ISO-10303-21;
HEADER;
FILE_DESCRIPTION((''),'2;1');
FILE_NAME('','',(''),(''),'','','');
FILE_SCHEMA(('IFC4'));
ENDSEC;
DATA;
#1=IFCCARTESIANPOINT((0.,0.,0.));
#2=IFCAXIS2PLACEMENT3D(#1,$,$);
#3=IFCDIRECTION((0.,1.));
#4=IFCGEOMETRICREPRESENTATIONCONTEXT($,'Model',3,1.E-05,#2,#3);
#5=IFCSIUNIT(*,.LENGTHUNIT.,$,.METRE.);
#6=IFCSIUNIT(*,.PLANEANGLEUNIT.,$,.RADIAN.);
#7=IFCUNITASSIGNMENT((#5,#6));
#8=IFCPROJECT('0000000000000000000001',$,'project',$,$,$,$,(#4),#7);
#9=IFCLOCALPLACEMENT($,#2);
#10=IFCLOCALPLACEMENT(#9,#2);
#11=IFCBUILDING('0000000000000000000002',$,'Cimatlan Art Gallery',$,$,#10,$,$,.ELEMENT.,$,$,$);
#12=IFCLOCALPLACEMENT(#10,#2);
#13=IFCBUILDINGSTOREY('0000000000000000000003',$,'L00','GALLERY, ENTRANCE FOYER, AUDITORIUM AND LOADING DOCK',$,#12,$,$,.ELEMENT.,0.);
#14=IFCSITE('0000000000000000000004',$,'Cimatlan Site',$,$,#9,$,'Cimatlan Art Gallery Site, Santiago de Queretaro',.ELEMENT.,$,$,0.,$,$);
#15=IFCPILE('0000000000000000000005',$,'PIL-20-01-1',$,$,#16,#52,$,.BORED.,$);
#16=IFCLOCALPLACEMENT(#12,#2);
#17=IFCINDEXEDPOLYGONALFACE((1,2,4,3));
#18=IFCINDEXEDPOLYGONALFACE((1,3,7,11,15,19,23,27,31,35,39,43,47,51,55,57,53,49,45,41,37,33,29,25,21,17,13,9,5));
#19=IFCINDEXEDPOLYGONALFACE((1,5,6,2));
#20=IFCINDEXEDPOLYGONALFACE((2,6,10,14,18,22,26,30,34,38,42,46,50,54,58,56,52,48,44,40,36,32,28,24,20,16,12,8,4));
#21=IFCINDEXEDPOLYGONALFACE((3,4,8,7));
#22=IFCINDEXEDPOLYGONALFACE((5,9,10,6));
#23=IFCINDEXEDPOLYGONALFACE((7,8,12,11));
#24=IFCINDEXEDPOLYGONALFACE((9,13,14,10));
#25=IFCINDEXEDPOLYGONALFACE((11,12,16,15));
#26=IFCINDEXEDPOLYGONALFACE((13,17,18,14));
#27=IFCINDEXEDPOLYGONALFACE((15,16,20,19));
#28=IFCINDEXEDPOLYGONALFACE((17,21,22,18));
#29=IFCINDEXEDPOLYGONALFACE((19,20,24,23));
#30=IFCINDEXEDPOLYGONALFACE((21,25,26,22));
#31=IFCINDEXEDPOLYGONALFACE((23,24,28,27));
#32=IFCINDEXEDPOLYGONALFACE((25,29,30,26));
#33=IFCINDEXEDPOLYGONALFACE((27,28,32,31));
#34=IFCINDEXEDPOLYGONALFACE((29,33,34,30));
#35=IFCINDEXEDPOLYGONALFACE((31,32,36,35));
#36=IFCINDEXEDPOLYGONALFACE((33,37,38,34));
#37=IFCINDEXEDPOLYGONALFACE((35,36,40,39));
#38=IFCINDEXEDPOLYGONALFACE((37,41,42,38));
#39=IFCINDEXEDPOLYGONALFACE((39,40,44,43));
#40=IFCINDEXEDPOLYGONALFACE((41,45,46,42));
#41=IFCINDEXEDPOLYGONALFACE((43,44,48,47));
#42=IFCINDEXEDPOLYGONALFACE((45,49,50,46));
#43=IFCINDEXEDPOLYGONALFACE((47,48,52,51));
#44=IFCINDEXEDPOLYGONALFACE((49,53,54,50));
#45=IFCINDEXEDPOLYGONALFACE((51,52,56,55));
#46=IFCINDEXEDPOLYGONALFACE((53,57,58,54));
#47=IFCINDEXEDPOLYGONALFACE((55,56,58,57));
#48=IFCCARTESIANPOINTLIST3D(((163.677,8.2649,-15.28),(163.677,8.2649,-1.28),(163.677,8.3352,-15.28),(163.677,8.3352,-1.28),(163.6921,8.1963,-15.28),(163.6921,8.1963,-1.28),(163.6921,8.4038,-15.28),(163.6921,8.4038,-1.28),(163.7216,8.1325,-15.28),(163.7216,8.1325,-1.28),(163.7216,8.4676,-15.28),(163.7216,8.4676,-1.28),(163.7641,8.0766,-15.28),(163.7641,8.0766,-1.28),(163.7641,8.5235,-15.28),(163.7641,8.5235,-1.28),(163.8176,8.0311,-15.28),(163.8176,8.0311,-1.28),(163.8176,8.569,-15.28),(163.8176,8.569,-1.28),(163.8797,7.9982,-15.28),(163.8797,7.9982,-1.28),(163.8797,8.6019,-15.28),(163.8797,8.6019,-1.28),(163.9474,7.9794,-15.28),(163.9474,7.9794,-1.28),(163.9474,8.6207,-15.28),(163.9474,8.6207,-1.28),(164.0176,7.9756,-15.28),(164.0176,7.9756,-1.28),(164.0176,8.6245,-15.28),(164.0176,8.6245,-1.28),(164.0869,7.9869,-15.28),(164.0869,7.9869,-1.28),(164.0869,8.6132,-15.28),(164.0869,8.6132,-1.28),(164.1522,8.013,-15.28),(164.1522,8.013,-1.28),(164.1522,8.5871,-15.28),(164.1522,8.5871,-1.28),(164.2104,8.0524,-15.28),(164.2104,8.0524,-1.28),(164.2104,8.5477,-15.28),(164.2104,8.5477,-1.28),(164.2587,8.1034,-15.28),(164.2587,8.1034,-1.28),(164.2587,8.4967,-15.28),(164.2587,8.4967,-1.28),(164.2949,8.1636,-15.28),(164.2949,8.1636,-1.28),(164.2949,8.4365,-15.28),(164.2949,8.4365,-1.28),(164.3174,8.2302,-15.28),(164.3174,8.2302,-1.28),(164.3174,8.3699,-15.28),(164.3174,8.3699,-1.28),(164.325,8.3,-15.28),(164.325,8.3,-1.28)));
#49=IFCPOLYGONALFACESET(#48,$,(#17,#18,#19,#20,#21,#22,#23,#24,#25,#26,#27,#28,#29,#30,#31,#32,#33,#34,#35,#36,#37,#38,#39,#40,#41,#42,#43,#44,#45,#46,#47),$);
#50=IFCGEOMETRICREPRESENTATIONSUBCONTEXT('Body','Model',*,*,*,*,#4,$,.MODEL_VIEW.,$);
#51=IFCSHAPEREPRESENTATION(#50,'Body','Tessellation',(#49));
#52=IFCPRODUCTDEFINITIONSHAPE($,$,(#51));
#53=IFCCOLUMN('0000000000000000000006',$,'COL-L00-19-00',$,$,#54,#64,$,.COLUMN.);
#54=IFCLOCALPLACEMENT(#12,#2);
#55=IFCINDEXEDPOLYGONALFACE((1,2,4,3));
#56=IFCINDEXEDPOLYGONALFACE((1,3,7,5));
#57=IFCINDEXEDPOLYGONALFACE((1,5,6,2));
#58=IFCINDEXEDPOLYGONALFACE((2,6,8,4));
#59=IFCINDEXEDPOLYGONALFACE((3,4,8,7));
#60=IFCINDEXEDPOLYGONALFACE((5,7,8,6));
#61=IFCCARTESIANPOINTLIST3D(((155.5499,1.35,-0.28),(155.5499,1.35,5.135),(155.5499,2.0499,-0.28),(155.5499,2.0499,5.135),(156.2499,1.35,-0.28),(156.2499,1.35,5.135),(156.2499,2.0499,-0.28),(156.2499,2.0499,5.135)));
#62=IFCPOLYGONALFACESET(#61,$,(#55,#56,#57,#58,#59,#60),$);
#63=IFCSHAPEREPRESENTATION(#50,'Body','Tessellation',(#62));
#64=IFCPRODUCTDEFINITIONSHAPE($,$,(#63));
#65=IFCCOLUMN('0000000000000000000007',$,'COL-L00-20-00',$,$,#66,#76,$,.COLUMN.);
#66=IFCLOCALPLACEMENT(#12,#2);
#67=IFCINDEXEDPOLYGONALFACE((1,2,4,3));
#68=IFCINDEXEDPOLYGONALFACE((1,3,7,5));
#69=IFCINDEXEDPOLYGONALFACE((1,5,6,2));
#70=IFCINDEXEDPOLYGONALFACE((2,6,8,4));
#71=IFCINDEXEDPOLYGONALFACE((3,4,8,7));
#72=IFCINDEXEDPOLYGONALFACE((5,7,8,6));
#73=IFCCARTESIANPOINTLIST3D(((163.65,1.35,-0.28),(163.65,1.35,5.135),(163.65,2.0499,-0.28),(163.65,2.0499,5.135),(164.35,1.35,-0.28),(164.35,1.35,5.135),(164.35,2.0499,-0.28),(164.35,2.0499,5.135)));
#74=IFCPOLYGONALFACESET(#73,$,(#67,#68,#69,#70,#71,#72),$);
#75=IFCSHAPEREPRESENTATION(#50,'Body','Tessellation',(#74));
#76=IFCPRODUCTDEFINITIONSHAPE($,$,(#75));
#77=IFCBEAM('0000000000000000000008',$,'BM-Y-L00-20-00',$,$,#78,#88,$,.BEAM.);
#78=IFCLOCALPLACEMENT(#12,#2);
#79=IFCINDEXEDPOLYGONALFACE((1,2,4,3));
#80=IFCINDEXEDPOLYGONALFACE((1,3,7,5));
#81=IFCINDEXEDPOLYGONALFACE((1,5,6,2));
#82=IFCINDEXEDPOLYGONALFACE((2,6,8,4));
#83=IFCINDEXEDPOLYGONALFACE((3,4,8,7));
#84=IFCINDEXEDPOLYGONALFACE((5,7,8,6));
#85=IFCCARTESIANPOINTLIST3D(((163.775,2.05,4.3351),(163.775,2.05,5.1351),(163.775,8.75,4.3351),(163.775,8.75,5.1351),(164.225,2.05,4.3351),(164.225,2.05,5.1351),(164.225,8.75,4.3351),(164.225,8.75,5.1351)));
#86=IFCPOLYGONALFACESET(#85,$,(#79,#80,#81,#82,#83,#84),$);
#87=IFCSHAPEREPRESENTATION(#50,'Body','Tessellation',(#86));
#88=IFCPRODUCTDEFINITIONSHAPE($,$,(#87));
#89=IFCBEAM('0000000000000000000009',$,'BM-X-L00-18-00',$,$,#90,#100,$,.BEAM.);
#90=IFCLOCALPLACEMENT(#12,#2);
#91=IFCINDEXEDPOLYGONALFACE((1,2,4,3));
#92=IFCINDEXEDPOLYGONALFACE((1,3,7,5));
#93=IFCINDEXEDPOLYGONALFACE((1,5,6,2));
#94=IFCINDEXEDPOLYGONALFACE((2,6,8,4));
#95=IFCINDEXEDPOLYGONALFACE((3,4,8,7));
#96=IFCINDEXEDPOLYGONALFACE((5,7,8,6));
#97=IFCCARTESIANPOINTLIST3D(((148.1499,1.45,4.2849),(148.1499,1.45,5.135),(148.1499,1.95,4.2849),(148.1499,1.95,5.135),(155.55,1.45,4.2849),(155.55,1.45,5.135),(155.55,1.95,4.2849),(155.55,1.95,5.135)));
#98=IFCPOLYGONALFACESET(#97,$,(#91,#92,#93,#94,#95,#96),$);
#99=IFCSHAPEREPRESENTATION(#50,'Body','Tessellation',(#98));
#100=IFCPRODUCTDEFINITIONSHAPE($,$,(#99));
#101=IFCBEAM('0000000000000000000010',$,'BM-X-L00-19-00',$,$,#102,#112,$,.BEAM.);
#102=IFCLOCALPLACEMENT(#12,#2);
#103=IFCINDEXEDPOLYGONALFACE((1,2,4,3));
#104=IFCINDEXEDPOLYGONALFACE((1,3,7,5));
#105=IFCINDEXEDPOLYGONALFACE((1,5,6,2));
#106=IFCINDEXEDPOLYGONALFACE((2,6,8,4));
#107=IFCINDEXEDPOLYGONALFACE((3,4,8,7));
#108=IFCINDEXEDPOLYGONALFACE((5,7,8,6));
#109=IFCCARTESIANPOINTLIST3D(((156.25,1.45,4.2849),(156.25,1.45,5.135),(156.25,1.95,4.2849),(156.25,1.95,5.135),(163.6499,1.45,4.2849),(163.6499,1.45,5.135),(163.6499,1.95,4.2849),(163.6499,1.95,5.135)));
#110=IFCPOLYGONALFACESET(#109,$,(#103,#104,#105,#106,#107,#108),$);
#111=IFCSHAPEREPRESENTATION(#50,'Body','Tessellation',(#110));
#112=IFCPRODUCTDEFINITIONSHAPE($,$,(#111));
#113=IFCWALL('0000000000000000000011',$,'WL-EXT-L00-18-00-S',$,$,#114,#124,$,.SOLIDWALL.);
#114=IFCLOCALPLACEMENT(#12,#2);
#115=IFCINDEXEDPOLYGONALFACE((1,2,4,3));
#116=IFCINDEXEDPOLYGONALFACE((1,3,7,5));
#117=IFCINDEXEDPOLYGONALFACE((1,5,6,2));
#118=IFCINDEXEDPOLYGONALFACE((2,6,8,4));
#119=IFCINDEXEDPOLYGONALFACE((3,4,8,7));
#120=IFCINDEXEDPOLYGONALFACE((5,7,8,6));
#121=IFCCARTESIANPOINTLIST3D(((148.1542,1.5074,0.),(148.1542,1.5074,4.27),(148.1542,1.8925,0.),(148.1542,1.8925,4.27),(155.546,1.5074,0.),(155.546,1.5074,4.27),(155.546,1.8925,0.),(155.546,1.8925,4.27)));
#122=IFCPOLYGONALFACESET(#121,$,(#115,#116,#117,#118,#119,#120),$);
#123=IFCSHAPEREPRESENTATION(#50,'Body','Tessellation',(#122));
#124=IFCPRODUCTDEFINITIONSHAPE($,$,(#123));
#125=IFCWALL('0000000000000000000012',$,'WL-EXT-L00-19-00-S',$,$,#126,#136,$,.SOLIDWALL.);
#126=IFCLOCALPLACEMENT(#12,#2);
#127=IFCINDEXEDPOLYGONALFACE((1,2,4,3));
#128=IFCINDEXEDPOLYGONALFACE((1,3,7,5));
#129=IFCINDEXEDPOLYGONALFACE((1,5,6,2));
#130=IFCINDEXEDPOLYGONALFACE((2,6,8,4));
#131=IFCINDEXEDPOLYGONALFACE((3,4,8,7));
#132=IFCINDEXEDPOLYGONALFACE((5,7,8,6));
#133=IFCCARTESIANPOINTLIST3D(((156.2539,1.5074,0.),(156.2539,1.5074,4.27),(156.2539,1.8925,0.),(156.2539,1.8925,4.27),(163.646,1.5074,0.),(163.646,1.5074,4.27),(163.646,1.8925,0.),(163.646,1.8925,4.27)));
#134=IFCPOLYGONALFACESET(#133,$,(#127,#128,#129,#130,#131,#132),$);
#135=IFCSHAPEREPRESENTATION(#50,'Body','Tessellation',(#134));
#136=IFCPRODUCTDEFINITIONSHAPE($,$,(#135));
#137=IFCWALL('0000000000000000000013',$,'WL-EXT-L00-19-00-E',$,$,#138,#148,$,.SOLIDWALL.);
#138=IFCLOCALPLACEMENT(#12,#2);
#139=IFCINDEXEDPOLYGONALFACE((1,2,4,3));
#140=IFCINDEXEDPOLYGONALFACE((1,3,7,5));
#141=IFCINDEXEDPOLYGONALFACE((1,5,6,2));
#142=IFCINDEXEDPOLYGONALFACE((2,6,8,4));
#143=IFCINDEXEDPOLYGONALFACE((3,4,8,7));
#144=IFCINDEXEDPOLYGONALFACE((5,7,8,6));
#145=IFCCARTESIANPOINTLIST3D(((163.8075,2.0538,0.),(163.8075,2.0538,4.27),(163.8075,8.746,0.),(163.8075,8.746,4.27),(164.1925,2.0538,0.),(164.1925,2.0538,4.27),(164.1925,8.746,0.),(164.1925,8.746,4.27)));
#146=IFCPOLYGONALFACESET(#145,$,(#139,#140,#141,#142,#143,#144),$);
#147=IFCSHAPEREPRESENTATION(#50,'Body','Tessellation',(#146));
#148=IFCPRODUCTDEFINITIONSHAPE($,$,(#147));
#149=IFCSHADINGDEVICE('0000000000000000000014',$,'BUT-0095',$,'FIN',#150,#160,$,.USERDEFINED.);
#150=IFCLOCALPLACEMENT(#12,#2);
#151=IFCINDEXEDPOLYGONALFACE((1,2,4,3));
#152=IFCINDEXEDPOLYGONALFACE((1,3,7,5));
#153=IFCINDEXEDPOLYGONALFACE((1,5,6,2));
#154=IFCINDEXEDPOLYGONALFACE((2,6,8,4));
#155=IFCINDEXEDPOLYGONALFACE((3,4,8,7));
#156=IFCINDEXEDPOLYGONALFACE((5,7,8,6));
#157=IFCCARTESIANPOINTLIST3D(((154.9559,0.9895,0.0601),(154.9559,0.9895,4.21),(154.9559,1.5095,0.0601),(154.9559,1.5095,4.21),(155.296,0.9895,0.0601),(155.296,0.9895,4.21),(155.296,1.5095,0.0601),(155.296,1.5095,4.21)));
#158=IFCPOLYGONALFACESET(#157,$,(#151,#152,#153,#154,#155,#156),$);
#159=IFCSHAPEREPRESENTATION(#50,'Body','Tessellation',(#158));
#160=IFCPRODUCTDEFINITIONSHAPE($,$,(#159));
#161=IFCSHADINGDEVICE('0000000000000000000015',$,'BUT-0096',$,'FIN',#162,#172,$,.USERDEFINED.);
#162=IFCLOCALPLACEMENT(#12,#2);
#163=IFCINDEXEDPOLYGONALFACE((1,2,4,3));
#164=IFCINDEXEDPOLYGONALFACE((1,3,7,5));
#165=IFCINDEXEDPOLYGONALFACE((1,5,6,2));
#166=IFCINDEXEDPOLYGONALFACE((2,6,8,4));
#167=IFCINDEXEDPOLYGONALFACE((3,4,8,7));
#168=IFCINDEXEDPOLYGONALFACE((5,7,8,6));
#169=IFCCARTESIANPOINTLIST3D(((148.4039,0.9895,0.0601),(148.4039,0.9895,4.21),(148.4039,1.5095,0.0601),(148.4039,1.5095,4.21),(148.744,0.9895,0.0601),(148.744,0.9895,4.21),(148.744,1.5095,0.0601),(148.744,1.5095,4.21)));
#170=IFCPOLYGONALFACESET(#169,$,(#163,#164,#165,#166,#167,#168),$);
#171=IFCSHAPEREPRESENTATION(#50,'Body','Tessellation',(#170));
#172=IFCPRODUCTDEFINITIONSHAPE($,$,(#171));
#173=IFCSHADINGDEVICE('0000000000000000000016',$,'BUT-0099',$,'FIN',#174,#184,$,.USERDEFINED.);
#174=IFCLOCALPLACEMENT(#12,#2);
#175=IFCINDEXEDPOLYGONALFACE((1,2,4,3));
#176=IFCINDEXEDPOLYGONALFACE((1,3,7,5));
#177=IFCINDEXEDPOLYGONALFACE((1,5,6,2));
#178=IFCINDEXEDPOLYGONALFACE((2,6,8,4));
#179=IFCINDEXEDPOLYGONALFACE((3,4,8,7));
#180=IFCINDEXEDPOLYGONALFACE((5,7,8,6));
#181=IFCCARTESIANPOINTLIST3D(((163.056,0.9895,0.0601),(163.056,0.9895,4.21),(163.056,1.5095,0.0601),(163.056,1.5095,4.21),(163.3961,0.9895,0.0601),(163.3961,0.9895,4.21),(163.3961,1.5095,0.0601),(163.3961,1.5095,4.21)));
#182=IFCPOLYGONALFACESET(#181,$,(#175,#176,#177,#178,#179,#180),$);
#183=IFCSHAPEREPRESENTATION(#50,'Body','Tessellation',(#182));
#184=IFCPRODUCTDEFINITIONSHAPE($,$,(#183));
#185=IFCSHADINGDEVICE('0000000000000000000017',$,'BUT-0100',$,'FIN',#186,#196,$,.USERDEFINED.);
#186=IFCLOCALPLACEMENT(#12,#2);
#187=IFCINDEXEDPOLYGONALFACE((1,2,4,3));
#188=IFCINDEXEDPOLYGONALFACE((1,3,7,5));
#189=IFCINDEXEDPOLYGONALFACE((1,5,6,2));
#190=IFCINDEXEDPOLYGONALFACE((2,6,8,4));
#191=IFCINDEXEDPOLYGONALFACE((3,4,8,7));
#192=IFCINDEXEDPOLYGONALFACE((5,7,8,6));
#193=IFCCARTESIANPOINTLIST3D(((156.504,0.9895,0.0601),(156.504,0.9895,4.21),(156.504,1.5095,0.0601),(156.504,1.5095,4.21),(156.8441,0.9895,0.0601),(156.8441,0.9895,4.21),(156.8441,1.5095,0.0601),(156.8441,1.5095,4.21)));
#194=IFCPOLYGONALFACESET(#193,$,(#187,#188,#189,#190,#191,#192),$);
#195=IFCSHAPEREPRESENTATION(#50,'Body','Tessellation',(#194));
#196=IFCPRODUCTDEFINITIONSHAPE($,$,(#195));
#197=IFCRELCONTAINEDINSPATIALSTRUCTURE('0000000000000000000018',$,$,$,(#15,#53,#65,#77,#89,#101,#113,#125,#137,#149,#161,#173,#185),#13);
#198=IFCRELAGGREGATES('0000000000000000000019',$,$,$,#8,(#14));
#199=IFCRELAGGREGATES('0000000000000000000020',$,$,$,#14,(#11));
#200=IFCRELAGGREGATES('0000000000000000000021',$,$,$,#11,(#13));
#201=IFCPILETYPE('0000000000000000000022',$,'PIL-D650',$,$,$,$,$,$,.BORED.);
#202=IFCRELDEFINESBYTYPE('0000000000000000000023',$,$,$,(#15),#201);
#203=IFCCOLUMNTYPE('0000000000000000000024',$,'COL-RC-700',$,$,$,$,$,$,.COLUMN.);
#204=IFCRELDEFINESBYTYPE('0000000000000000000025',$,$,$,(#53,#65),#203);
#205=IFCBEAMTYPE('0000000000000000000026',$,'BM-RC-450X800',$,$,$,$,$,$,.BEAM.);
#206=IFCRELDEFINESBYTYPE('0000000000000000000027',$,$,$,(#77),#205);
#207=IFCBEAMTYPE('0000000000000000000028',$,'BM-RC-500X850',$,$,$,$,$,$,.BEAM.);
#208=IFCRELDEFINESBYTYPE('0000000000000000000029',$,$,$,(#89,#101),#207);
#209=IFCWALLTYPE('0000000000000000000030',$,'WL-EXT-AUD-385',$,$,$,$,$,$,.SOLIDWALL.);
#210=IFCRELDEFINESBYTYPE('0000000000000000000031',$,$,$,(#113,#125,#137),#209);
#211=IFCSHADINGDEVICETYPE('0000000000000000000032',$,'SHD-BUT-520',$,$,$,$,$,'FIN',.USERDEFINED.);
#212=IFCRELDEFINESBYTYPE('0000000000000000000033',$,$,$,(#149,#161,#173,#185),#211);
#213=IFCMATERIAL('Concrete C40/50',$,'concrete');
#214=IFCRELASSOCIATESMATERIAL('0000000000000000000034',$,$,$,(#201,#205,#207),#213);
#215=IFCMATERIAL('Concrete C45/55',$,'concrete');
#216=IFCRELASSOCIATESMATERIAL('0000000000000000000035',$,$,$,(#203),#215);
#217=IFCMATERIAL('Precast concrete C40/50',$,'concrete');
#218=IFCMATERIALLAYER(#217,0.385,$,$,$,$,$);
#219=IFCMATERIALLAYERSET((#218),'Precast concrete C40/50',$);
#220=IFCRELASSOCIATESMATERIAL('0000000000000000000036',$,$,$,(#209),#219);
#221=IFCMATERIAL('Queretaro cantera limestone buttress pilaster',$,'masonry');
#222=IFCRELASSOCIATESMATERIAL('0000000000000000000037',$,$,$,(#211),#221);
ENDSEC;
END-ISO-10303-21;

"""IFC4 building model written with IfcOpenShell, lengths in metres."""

from ifc_helpers import new_model, si_unit, direction, frame, frame_2d, origin, origin_2d, place, context, subcontext, project, spatial, rectangle, circle, extrude, material, layer, layer_set, material_profile, profile_set, type_object, element, save


model = new_model("IFC4")

# Units and contexts
model_context = context("Model", 3, precision=1e-05, world=origin(), true_north=direction((0.0, 1.0)))
body_context = subcontext(model_context, "Body", "Model", "MODEL_VIEW")
ifc_project = project(units=[si_unit("LENGTHUNIT", "METRE"), si_unit("PLANEANGLEUNIT", "RADIAN")], contexts=[model_context])

# Site, building, storey
site_placement = place(None, origin())
site = spatial("IfcSite", under=ifc_project, at=site_placement, Name="Cimatlan Site", LongName="Cimatlan Art Gallery Site, Santiago de Queretaro", CompositionType="ELEMENT", RefElevation=0.0)
building_placement = place(site_placement, origin())
building = spatial("IfcBuilding", under=site, at=building_placement, Name="Cimatlan Art Gallery", CompositionType="ELEMENT")
storey_placement = place(building_placement, origin())
storey = spatial("IfcBuildingStorey", under=building, at=storey_placement, Name="L00", Description="GALLERY, ENTRANCE FOYER, AUDITORIUM AND LOADING DOCK", CompositionType="ELEMENT", Elevation=0.0)

# Shared definitions
ifc_material_1 = material(Name="Concrete C40/50", Category="concrete")

# Pile
pile_type = type_object("IfcPileType", Name="PIL-D650", PredefinedType="BORED", material=ifc_material_1)
for number, where, z_axis, x_axis, name in (
    (1, (164.0, 8.3, -1.28), (0.0, 0.0, -1.0), (1.0, 0.0, 0.0), "PIL-20-01-1"),
):
    element("IfcPile", number, at=place(storey_placement, frame(where, z_axis=z_axis, x_axis=x_axis)), inside=storey, type_object=pile_type, Name=name, PredefinedType="BORED", context=body_context, shape_type="SweptSolid", body=[
        extrude(circle(Radius=0.325, at=origin_2d()), origin(), (0.0, 0.0, 1.0), 14.0),
    ])

# Columns
ifc_material_2 = material(Name="Concrete C45/55", Category="concrete")
ifc_material_profile_1 = material_profile(ifc_material_2, rectangle(XDim=0.7, YDim=0.7, at=origin_2d()), Name="RC700X700")
ifc_profile_set_1 = profile_set([ifc_material_profile_1], Name="Concrete C45/55")
column_type = type_object("IfcColumnType", Name="COL-RC-700", PredefinedType="COLUMN", material=ifc_profile_set_1)
for number, where, z_axis, x_axis, name in (
    (2, (155.8999, 1.7, -0.28), (0.0, 0.0, 1.0), (1.0, 0.0, 0.0), "COL-L00-19-00"),
    (3, (164.0, 1.7, -0.28), (0.0, 0.0, 1.0), (1.0, 0.0, 0.0), "COL-L00-20-00"),
):
    element("IfcColumn", number, at=place(storey_placement, frame(where, z_axis=z_axis, x_axis=x_axis)), inside=storey, type_object=column_type, Name=name, PredefinedType="COLUMN", context=body_context, shape_type="SweptSolid", body=[
        extrude(rectangle(XDim=0.7, YDim=0.7, at=origin_2d()), origin(), (0.0, 0.0, 1.0), 5.415),
    ])

# Beams
ifc_material_profile_2 = material_profile(ifc_material_1, rectangle(XDim=0.45, YDim=0.8, at=origin_2d()), Name="RC450X800")
ifc_profile_set_2 = profile_set([ifc_material_profile_2], Name="Concrete C40/50")
beam_type_1 = type_object("IfcBeamType", Name="BM-RC-450X800", PredefinedType="BEAM", material=ifc_profile_set_2)
beam_1_placement = place(storey_placement, frame((164.0, 2.05, 4.7351), z_axis=(0.0, 1.0, 0.0), x_axis=(-1.0, 0.0, 0.0)))
element("IfcBeam", 4, at=beam_1_placement, inside=storey, type_object=beam_type_1, Name="BM-Y-L00-20-00", PredefinedType="BEAM", context=body_context, shape_type="SweptSolid", body=[
    extrude(rectangle(XDim=0.45, YDim=0.8, at=origin_2d()), origin(), (0.0, 0.0, 1.0), 6.7),
])
ifc_material_profile_3 = material_profile(ifc_material_1, rectangle(XDim=0.5, YDim=0.8501, at=origin_2d()), Name="RC500X850")
ifc_profile_set_3 = profile_set([ifc_material_profile_3], Name="Concrete C40/50")
beam_type_2 = type_object("IfcBeamType", Name="BM-RC-500X850", PredefinedType="BEAM", material=ifc_profile_set_3)
beam_2_placement = place(storey_placement, frame((148.1499, 1.7, 4.71), z_axis=(1.0, 0.0, 0.0), x_axis=(0.0, 1.0, 0.0)))
element("IfcBeam", 5, at=beam_2_placement, inside=storey, type_object=beam_type_2, Name="BM-X-L00-18-00", PredefinedType="BEAM", context=body_context, shape_type="SweptSolid", body=[
    extrude(rectangle(XDim=0.5, YDim=0.8501, at=origin_2d()), origin(), (0.0, 0.0, 1.0), 7.4001),
])
beam_3_placement = place(storey_placement, frame((156.25, 1.7, 4.71), z_axis=(1.0, 0.0, 0.0), x_axis=(0.0, 1.0, 0.0)))
element("IfcBeam", 6, at=beam_3_placement, inside=storey, type_object=beam_type_2, Name="BM-X-L00-19-00", PredefinedType="BEAM", context=body_context, shape_type="SweptSolid", body=[
    extrude(rectangle(XDim=0.5, YDim=0.8501, at=origin_2d()), origin(), (0.0, 0.0, 1.0), 7.3999),
])

# Walls
ifc_material_3 = material(Name="Precast concrete C40/50", Category="concrete")
ifc_layer = layer(ifc_material_3, 0.385)
ifc_layer_set = layer_set([ifc_layer], Name="Precast concrete C40/50")
wall_type = type_object("IfcWallType", Name="WL-EXT-AUD-385", PredefinedType="SOLIDWALL", material=ifc_layer_set)
wall_1_placement = place(storey_placement, frame((155.5459, 1.7, 0.0), z_axis=(0.0, 0.0, 1.0), x_axis=(-1.0, 0.0, 0.0)))
element("IfcWall", 7, at=wall_1_placement, inside=storey, type_object=wall_type, Name="WL-EXT-L00-18-00-S", PredefinedType="SOLIDWALL", context=body_context, shape_type="SweptSolid", body=[
    extrude(rectangle(XDim=7.3918, YDim=0.385, at=frame_2d((3.6958, 0.0))), origin(), (0.0, 0.0, 1.0), 4.27),
])
wall_2_placement = place(storey_placement, frame((163.646, 1.7, 0.0), z_axis=(0.0, 0.0, 1.0), x_axis=(-1.0, 0.0, 0.0)))
element("IfcWall", 8, at=wall_2_placement, inside=storey, type_object=wall_type, Name="WL-EXT-L00-19-00-S", PredefinedType="SOLIDWALL", context=body_context, shape_type="SweptSolid", body=[
    extrude(rectangle(XDim=7.3921, YDim=0.385, at=frame_2d((3.696, 0.0))), origin(), (0.0, 0.0, 1.0), 4.27),
])
wall_3_placement = place(storey_placement, frame((164.0, 8.7461, 0.0), z_axis=(0.0, 0.0, 1.0), x_axis=(0.0, -1.0, 0.0)))
element("IfcWall", 9, at=wall_3_placement, inside=storey, type_object=wall_type, Name="WL-EXT-L00-19-00-E", PredefinedType="SOLIDWALL", context=body_context, shape_type="SweptSolid", body=[
    extrude(rectangle(XDim=6.6921, YDim=0.385, at=frame_2d((3.3462, 0.0))), origin(), (0.0, 0.0, 1.0), 4.27),
])

# Shading devices
ifc_material_4 = material(Name="Queretaro cantera limestone buttress pilaster", Category="masonry")
shading_device_type = type_object("IfcShadingDeviceType", Name="SHD-BUT-520", ElementType="FIN", PredefinedType="USERDEFINED", material=ifc_material_4)
for number, where, z_axis, x_axis, name in (
    (10, (155.126, 1.2495, 0.0601), (0.0, 0.0, 1.0), (-1.0, 0.0, 0.0), "BUT-0095"),
    (11, (148.574, 1.2495, 0.0601), (0.0, 0.0, 1.0), (-1.0, 0.0, 0.0), "BUT-0096"),
    (12, (163.2261, 1.2495, 0.0601), (0.0, 0.0, 1.0), (-1.0, 0.0, 0.0), "BUT-0099"),
    (13, (156.6741, 1.2495, 0.0601), (0.0, 0.0, 1.0), (-1.0, 0.0, 0.0), "BUT-0100"),
):
    element("IfcShadingDevice", number, at=place(storey_placement, frame(where, z_axis=z_axis, x_axis=x_axis)), inside=storey, type_object=shading_device_type, Name=name, ObjectType="FIN", PredefinedType="USERDEFINED", context=body_context, shape_type="SweptSolid", body=[
        extrude(rectangle(XDim=0.3401, YDim=0.52, at=origin_2d()), origin(), (0.0, 0.0, 1.0), 4.1499),
    ])

save(model, "model.ifc")
